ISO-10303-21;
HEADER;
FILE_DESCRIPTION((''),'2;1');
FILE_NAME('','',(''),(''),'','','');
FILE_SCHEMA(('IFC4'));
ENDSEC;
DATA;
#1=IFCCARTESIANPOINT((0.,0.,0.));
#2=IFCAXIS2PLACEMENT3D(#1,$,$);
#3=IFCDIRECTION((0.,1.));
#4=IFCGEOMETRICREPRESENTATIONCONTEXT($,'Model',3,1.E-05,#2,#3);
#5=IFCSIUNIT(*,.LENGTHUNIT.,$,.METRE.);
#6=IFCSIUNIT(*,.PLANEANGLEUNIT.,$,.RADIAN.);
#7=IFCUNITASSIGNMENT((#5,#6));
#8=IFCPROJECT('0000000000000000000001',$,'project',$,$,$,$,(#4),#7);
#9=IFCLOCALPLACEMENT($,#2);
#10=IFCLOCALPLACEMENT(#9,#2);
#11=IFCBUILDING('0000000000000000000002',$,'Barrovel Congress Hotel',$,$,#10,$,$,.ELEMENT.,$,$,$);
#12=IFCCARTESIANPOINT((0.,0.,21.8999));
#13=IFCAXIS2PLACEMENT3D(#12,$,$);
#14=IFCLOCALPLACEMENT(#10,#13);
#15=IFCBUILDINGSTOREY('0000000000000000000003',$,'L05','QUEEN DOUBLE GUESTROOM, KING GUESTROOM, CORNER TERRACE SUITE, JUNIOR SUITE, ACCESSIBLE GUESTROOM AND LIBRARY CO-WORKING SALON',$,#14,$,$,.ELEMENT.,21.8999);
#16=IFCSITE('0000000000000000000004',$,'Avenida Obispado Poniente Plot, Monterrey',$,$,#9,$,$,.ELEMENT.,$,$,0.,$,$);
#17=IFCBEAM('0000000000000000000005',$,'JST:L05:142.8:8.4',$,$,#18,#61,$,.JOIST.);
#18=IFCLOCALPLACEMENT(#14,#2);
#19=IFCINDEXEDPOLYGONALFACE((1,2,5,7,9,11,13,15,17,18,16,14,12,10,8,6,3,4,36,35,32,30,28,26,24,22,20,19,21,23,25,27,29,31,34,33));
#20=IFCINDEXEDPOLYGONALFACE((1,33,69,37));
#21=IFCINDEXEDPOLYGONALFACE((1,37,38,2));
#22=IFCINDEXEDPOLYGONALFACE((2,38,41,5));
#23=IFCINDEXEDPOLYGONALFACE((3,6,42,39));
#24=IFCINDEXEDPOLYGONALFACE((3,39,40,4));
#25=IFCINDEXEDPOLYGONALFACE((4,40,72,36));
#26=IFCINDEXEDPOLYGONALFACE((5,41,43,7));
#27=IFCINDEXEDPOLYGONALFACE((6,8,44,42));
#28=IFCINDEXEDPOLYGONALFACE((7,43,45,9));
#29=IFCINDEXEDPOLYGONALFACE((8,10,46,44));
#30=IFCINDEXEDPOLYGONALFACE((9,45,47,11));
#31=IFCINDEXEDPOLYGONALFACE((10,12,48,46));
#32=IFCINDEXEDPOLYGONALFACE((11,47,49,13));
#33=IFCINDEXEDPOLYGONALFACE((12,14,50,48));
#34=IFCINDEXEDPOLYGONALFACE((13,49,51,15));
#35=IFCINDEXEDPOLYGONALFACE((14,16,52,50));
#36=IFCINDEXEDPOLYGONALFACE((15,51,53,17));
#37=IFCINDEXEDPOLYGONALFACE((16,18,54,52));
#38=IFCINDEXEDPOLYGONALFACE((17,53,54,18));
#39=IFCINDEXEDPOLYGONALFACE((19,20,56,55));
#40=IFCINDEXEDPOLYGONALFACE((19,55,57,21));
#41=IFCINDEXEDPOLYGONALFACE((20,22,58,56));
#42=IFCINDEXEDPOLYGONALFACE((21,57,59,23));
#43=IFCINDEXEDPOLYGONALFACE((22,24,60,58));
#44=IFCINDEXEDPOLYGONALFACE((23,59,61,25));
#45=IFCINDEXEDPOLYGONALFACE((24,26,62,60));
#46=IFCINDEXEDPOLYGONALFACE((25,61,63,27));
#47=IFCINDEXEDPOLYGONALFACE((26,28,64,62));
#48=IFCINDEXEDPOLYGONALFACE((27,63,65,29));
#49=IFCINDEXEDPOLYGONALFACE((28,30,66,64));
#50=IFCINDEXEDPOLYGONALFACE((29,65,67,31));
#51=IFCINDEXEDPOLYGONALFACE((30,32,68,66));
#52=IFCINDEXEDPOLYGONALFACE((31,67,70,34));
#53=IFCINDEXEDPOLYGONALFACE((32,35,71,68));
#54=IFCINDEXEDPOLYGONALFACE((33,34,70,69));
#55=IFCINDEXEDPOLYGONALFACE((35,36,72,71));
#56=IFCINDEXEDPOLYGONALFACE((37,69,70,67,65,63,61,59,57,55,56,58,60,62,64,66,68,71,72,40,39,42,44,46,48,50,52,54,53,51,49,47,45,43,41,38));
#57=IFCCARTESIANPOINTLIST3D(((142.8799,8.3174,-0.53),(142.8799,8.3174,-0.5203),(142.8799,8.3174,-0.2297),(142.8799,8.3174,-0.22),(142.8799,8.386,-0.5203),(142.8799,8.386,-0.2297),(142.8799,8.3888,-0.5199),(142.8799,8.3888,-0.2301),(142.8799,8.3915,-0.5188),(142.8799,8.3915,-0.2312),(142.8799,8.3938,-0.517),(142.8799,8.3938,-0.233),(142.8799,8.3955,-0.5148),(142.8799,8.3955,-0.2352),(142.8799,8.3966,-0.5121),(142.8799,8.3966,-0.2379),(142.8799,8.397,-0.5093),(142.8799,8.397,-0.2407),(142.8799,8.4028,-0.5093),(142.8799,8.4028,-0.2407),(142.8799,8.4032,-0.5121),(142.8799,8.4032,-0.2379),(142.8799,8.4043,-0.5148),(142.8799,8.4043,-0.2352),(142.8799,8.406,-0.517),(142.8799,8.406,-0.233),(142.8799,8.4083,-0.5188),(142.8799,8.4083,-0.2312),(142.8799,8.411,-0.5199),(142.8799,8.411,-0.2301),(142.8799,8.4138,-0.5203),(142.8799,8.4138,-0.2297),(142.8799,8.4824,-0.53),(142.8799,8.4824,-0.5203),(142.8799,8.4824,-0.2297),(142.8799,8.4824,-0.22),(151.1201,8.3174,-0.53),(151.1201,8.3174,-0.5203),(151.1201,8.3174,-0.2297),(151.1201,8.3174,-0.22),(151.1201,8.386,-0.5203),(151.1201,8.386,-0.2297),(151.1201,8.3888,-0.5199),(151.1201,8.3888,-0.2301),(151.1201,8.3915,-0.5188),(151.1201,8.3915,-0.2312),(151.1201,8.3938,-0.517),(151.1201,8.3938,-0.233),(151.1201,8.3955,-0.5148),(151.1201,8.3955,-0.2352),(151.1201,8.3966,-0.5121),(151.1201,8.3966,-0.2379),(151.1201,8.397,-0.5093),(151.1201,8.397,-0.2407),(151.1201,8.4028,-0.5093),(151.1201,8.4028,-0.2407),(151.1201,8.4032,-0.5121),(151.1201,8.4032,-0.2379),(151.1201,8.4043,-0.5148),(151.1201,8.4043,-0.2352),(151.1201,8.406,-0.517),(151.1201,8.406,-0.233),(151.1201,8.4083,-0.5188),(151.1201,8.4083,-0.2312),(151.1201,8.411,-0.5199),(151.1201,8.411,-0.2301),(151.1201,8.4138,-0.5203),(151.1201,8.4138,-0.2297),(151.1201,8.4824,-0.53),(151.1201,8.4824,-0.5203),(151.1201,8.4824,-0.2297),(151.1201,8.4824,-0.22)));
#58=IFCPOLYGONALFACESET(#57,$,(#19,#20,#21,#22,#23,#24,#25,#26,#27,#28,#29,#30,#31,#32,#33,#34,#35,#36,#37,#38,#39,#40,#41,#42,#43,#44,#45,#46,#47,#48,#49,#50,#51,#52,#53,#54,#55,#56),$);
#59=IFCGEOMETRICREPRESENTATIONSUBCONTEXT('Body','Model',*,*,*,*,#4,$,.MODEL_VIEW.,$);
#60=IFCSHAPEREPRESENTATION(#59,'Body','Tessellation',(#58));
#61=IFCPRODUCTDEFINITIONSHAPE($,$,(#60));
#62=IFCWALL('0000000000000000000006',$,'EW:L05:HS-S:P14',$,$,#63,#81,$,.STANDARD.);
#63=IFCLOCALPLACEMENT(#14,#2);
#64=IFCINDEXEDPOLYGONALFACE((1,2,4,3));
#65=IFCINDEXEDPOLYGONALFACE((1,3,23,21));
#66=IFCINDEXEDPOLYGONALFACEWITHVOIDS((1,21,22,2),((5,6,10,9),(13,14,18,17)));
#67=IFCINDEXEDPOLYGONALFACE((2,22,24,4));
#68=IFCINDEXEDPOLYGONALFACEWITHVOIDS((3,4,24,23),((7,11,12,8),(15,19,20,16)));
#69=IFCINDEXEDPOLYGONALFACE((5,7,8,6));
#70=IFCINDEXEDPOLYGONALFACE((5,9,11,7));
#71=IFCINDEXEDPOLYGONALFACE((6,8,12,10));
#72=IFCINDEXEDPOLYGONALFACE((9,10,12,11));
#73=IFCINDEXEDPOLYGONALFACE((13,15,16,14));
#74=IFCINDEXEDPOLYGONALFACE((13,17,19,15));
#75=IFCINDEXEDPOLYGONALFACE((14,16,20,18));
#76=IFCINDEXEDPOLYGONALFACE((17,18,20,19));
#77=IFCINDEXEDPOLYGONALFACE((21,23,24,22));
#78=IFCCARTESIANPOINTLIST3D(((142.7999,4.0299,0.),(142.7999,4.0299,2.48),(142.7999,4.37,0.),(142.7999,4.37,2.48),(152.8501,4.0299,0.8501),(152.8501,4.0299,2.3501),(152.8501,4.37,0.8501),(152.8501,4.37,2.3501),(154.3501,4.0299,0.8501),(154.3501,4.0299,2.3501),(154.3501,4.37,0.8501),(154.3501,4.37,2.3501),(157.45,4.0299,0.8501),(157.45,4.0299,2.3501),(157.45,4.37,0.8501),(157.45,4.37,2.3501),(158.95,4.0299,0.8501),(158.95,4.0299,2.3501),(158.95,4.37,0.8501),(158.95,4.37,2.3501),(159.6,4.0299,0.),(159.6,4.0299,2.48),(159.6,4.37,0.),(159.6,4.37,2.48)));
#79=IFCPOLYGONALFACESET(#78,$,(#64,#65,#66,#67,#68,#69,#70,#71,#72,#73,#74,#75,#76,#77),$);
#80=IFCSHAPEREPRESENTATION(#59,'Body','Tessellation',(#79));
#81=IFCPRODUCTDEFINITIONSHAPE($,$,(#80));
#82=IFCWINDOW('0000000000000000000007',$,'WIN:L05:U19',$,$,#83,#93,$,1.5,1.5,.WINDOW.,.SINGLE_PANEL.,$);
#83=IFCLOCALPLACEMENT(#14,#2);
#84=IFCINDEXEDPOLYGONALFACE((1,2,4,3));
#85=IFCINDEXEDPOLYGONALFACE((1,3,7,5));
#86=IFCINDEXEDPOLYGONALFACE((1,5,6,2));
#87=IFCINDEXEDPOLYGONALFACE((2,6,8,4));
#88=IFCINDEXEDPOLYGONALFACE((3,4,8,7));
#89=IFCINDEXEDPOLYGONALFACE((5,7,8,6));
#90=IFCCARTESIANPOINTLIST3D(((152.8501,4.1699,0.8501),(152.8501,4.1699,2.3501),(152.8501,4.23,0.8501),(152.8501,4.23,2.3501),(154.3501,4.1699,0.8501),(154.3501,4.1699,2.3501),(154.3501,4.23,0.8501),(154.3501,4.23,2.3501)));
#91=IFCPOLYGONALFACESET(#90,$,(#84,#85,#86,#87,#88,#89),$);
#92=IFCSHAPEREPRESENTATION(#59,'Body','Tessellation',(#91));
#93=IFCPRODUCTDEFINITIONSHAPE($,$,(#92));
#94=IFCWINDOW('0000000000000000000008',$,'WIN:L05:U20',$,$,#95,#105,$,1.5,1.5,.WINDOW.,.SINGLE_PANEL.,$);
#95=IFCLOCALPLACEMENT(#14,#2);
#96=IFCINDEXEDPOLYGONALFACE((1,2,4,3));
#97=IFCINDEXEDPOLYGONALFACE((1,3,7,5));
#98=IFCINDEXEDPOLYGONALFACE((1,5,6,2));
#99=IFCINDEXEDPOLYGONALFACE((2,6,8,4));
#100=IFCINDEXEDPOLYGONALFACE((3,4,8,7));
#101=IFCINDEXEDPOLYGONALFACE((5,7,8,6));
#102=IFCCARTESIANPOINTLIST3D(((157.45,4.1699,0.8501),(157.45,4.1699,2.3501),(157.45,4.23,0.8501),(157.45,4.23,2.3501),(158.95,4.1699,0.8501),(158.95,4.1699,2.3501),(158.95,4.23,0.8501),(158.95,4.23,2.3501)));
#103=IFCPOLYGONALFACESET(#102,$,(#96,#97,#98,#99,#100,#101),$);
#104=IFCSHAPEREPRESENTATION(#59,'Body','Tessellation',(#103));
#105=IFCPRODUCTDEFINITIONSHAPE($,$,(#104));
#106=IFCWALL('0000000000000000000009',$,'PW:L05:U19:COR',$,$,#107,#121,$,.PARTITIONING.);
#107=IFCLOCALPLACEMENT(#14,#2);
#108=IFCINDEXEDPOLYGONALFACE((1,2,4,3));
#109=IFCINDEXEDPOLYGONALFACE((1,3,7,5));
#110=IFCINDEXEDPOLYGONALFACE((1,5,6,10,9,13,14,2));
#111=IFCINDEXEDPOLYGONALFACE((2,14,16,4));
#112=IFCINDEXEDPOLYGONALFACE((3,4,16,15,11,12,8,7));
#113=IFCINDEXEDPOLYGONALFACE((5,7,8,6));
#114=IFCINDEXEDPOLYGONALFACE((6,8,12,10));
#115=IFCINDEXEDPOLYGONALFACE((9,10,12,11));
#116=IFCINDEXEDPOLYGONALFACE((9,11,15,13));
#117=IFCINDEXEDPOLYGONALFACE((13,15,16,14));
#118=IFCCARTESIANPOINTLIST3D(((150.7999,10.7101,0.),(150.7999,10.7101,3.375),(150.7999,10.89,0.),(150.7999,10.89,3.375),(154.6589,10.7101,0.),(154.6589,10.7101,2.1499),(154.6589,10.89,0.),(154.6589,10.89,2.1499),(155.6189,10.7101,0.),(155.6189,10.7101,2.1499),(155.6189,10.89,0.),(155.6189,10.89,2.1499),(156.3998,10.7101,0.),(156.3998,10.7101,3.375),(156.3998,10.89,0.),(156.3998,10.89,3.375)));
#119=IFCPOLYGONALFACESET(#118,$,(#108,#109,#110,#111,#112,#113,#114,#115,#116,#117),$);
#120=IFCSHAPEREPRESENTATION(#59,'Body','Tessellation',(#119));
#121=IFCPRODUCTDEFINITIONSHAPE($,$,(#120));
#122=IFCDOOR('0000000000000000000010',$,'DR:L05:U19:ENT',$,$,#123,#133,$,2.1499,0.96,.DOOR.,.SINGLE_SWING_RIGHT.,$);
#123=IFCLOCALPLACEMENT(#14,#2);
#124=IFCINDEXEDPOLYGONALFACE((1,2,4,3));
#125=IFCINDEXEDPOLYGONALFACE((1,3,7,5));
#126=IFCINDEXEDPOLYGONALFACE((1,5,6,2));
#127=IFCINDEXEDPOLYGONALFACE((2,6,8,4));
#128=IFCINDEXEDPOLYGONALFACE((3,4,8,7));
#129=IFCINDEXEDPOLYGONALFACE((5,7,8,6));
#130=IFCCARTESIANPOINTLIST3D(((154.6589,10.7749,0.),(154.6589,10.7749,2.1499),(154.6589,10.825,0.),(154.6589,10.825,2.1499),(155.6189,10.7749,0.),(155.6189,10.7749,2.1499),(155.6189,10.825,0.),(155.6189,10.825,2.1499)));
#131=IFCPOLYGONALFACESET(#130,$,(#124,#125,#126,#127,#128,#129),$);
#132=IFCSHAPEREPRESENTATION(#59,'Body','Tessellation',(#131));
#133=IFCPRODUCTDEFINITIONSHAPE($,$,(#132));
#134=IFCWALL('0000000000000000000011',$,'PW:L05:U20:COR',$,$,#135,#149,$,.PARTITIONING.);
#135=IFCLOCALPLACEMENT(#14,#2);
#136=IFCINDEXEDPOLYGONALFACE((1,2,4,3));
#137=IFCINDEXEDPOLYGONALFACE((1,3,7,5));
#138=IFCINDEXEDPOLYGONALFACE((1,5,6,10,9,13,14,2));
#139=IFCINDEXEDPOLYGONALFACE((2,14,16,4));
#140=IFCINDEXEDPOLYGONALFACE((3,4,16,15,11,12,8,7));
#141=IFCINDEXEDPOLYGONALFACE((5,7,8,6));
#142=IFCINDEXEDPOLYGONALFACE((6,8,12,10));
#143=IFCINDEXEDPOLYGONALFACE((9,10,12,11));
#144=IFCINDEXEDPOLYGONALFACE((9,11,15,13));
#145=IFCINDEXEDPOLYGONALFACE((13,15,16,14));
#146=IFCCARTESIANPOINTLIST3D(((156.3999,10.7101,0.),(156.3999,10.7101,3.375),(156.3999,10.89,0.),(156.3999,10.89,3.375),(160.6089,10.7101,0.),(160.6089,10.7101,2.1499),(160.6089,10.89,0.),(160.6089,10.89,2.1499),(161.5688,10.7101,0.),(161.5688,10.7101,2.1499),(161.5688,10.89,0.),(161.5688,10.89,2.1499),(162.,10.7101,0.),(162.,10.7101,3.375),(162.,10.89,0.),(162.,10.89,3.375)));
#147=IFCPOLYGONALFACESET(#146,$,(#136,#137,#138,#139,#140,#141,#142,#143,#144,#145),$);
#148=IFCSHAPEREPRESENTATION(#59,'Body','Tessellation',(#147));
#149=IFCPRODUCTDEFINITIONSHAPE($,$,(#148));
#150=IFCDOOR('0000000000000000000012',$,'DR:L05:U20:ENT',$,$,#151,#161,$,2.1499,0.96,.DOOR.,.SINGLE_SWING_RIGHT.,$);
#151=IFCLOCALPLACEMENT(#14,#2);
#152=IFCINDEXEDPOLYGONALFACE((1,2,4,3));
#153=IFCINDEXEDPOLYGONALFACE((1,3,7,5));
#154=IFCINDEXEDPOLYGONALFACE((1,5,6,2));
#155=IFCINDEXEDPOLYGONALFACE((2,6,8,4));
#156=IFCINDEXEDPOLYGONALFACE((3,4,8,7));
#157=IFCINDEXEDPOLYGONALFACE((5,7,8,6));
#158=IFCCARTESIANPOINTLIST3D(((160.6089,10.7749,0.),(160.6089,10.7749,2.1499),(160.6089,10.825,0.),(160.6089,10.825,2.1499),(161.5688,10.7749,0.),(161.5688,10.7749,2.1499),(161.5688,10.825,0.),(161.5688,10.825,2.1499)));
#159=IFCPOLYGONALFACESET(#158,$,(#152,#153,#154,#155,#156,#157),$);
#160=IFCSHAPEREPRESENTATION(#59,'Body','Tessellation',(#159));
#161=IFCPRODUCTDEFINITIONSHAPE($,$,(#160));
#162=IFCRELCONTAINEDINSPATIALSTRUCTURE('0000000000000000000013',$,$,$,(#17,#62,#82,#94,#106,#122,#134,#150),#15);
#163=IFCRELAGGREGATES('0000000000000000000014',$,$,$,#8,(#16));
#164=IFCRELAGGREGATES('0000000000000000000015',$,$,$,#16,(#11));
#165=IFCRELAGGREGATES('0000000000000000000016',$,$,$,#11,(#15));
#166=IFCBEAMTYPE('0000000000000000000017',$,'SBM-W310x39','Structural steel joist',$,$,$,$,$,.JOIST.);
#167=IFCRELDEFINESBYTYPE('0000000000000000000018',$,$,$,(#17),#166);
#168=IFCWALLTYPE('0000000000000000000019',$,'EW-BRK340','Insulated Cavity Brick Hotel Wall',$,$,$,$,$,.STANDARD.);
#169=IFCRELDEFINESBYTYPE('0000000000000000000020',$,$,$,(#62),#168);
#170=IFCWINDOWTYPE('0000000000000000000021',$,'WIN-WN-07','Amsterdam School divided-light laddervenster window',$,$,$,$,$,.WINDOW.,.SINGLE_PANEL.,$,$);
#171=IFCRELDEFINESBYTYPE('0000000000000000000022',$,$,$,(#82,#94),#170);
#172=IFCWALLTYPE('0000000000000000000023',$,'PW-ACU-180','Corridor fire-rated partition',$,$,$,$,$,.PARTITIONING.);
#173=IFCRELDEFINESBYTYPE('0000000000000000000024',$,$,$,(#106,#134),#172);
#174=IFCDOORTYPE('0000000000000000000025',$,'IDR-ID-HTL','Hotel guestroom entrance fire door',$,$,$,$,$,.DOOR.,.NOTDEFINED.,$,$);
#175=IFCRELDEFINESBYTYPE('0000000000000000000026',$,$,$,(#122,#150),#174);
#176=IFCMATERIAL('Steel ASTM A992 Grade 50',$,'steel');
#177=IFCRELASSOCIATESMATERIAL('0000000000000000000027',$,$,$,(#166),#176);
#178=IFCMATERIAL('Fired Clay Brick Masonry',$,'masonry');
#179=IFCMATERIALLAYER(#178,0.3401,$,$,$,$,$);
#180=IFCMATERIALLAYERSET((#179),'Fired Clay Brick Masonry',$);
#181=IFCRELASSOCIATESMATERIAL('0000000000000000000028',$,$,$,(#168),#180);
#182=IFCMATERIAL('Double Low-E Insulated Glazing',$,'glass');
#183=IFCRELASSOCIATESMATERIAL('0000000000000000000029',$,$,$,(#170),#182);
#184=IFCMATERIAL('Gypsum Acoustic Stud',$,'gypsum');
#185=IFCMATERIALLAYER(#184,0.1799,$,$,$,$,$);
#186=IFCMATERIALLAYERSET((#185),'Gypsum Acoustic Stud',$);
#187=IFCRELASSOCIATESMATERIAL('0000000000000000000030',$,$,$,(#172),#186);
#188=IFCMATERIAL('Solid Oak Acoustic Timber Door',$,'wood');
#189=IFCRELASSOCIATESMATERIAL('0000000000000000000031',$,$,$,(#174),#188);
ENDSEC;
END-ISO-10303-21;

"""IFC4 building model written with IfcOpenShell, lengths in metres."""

from ifc_helpers import new_model, si_unit, direction, frame, frame_2d, origin, origin_2d, place, context, subcontext, project, spatial, rectangle, i_section, extrude, material, layer, layer_set, material_profile, profile_set, type_object, element, fill, save


model = new_model("IFC4")

# Units and contexts
model_context = context("Model", 3, precision=1e-05, world=origin(), true_north=direction((0.0, 1.0)))
body_context = subcontext(model_context, "Body", "Model", "MODEL_VIEW")
ifc_project = project(units=[si_unit("LENGTHUNIT", "METRE"), si_unit("PLANEANGLEUNIT", "RADIAN")], contexts=[model_context])

# Site, building, storey
site_placement = place(None, origin())
site = spatial("IfcSite", under=ifc_project, at=site_placement, Name="Avenida Obispado Poniente Plot, Monterrey", CompositionType="ELEMENT", RefElevation=0.0)
building_placement = place(site_placement, origin())
building = spatial("IfcBuilding", under=site, at=building_placement, Name="Barrovel Congress Hotel", CompositionType="ELEMENT")
storey_placement = place(building_placement, frame((0.0, 0.0, 21.8999)))
storey = spatial("IfcBuildingStorey", under=building, at=storey_placement, Name="L05", Description="QUEEN DOUBLE GUESTROOM, KING GUESTROOM, CORNER TERRACE SUITE, JUNIOR SUITE, ACCESSIBLE GUESTROOM AND LIBRARY CO-WORKING SALON", CompositionType="ELEMENT", Elevation=21.8999)

# Beam
ifc_material_1 = material(Name="Steel ASTM A992 Grade 50", Category="steel")
ifc_material_profile_1 = material_profile(ifc_material_1, i_section(OverallWidth=0.165, OverallDepth=0.3101, WebThickness=0.0059, FlangeThickness=0.0098, FilletRadius=0.011, at=origin_2d()), Name="W310x39")
ifc_profile_set_1 = profile_set([ifc_material_profile_1], Name="Steel ASTM A992 Grade 50")
beam_type_1 = type_object("IfcBeamType", Name="SBM-W310x39", Description="Structural steel joist", PredefinedType="JOIST", material=ifc_profile_set_1)
beam_1_placement = place(storey_placement, frame((142.8799, 8.3999, -0.375), z_axis=(1.0, 0.0, 0.0), x_axis=(0.0, 1.0, 0.0)))
element("IfcBeam", 1, at=beam_1_placement, inside=storey, type_object=beam_type_1, Name="JST:L05:142.8:8.4", PredefinedType="JOIST", context=body_context, shape_type="SweptSolid", body=[
    extrude(i_section(OverallWidth=0.165, OverallDepth=0.3101, WebThickness=0.0059, FlangeThickness=0.0098, FilletRadius=0.011, at=origin_2d()), origin(), (0.0, 0.0, 1.0), 8.2402),
])

# Wall, openings, windows
ifc_material_2 = material(Name="Fired Clay Brick Masonry", Category="masonry")
ifc_layer_1 = layer(ifc_material_2, 0.3401)
ifc_layer_set_1 = layer_set([ifc_layer_1], Name="Fired Clay Brick Masonry")
wall_type_1 = type_object("IfcWallType", Name="EW-BRK340", Description="Insulated Cavity Brick Hotel Wall", PredefinedType="STANDARD", material=ifc_layer_set_1)
wall_1_placement = place(storey_placement, frame((142.8, 4.2, 0.0), z_axis=(0.0, 0.0, 1.0), x_axis=(1.0, 0.0, 0.0)))
wall_1 = element("IfcWall", 2, at=wall_1_placement, inside=storey, type_object=wall_type_1, Name="EW:L05:HS-S:P14", PredefinedType="STANDARD", context=body_context, shape_type="SweptSolid", body=[
    extrude(rectangle(XDim=16.8, YDim=0.3401, at=frame_2d((8.3999, 0.0))), origin(), (0.0, 0.0, 1.0), 2.48),
])
opening_1_placement = place(wall_1_placement, frame((10.05, 0.0, 0.8501)))
opening_1 = element("IfcOpeningElement", 3, at=opening_1_placement, cuts=wall_1, PredefinedType="OPENING", context=body_context, shape_type="SweptSolid", body=[
    extrude(rectangle(XDim=1.5, YDim=1.5, at=frame_2d((0.75, 0.75))), frame((0.0, 0.1802, 0.0), z_axis=(0.0, -1.0, 0.0), x_axis=(1.0, 0.0, 0.0)), (0.0, 0.0, 1.0), 0.3601),
])
opening_2_placement = place(wall_1_placement, frame((14.6499, 0.0, 0.8501)))
opening_2 = element("IfcOpeningElement", 4, at=opening_2_placement, cuts=wall_1, PredefinedType="OPENING", context=body_context, shape_type="SweptSolid", body=[
    extrude(rectangle(XDim=1.5, YDim=1.5, at=frame_2d((0.75, 0.75))), frame((0.0, 0.1802, 0.0), z_axis=(0.0, -1.0, 0.0), x_axis=(1.0, 0.0, 0.0)), (0.0, 0.0, 1.0), 0.3601),
])
ifc_material_3 = material(Name="Double Low-E Insulated Glazing", Category="glass")
window_type = type_object("IfcWindowType", Name="WIN-WN-07", Description="Amsterdam School divided-light laddervenster window", PartitioningType="SINGLE_PANEL", PredefinedType="WINDOW", material=ifc_material_3)
window_1_placement = place(opening_1_placement, origin())
window_1 = element("IfcWindow", 5, at=window_1_placement, inside=storey, type_object=window_type, Name="WIN:L05:U19", OverallHeight=1.5, OverallWidth=1.5, PartitioningType="SINGLE_PANEL", PredefinedType="WINDOW", context=body_context, shape_type="SweptSolid", body=[
    extrude(rectangle(XDim=1.5, YDim=1.5, at=frame_2d((0.75, 0.75))), frame((0.0, 0.03, 0.0), z_axis=(0.0, -1.0, 0.0), x_axis=(1.0, 0.0, 0.0)), (0.0, 0.0, 1.0), 0.0601),
])
fill(opening_1, window_1)
window_2_placement = place(opening_2_placement, origin())
window_2 = element("IfcWindow", 6, at=window_2_placement, inside=storey, type_object=window_type, Name="WIN:L05:U20", OverallHeight=1.5, OverallWidth=1.5, PartitioningType="SINGLE_PANEL", PredefinedType="WINDOW", context=body_context, shape_type="SweptSolid", body=[
    extrude(rectangle(XDim=1.5, YDim=1.5, at=frame_2d((0.75, 0.75))), frame((0.0, 0.03, 0.0), z_axis=(0.0, -1.0, 0.0), x_axis=(1.0, 0.0, 0.0)), (0.0, 0.0, 1.0), 0.0601),
])
fill(opening_2, window_2)

# Walls, openings, doors
ifc_material_4 = material(Name="Gypsum Acoustic Stud", Category="gypsum")
ifc_layer_2 = layer(ifc_material_4, 0.1799)
ifc_layer_set_2 = layer_set([ifc_layer_2], Name="Gypsum Acoustic Stud")
wall_type_2 = type_object("IfcWallType", Name="PW-ACU-180", Description="Corridor fire-rated partition", PredefinedType="PARTITIONING", material=ifc_layer_set_2)
wall_2_placement = place(storey_placement, frame((150.8, 10.8, 0.0), z_axis=(0.0, 0.0, 1.0), x_axis=(1.0, 0.0, 0.0)))
wall_2 = element("IfcWall", 7, at=wall_2_placement, inside=storey, type_object=wall_type_2, Name="PW:L05:U19:COR", PredefinedType="PARTITIONING", context=body_context, shape_type="SweptSolid", body=[
    extrude(rectangle(XDim=5.5999, YDim=0.1799, at=frame_2d((2.7998, 0.0))), origin(), (0.0, 0.0, 1.0), 3.375),
])
opening_3_placement = place(wall_2_placement, frame((3.8589, 0.0, 0.0)))
opening_3 = element("IfcOpeningElement", 8, at=opening_3_placement, cuts=wall_2, PredefinedType="OPENING", context=body_context, shape_type="SweptSolid", body=[
    extrude(rectangle(XDim=0.96, YDim=2.1499, at=frame_2d((0.48, 1.075))), frame((0.0, 0.1001, 0.0), z_axis=(0.0, -1.0, 0.0), x_axis=(1.0, 0.0, 0.0)), (0.0, 0.0, 1.0), 0.2),
])
ifc_material_5 = material(Name="Solid Oak Acoustic Timber Door", Category="wood")
door_type_1 = type_object("IfcDoorType", Name="IDR-ID-HTL", Description="Hotel guestroom entrance fire door", OperationType="NOTDEFINED", PredefinedType="DOOR", material=ifc_material_5)
door_1_placement = place(opening_3_placement, origin())
door_1 = element("IfcDoor", 9, at=door_1_placement, inside=storey, type_object=door_type_1, Name="DR:L05:U19:ENT", OperationType="SINGLE_SWING_RIGHT", OverallHeight=2.1499, OverallWidth=0.96, PredefinedType="DOOR", context=body_context, shape_type="SweptSolid", body=[
    extrude(rectangle(XDim=0.96, YDim=2.1499, at=frame_2d((0.48, 1.075))), frame((0.0, 0.0249, 0.0), z_axis=(0.0, -1.0, 0.0), x_axis=(1.0, 0.0, 0.0)), (0.0, 0.0, 1.0), 0.05),
])
fill(opening_3, door_1)
wall_3_placement = place(storey_placement, frame((156.3999, 10.8, 0.0), z_axis=(0.0, 0.0, 1.0), x_axis=(1.0, 0.0, 0.0)))
wall_3 = element("IfcWall", 10, at=wall_3_placement, inside=storey, type_object=wall_type_2, Name="PW:L05:U20:COR", PredefinedType="PARTITIONING", context=body_context, shape_type="SweptSolid", body=[
    extrude(rectangle(XDim=5.6001, YDim=0.1799, at=frame_2d((2.8, 0.0))), origin(), (0.0, 0.0, 1.0), 3.375),
])
opening_4_placement = place(wall_3_placement, frame((4.209, 0.0, 0.0)))
opening_4 = element("IfcOpeningElement", 11, at=opening_4_placement, cuts=wall_3, PredefinedType="OPENING", context=body_context, shape_type="SweptSolid", body=[
    extrude(rectangle(XDim=0.96, YDim=2.1499, at=frame_2d((0.48, 1.075))), frame((0.0, 0.1001, 0.0), z_axis=(0.0, -1.0, 0.0), x_axis=(1.0, 0.0, 0.0)), (0.0, 0.0, 1.0), 0.2),
])
door_2_placement = place(opening_4_placement, origin())
door_2 = element("IfcDoor", 12, at=door_2_placement, inside=storey, type_object=door_type_1, Name="DR:L05:U20:ENT", OperationType="SINGLE_SWING_RIGHT", OverallHeight=2.1499, OverallWidth=0.96, PredefinedType="DOOR", context=body_context, shape_type="SweptSolid", body=[
    extrude(rectangle(XDim=0.96, YDim=2.1499, at=frame_2d((0.48, 1.075))), frame((0.0, 0.0249, 0.0), z_axis=(0.0, -1.0, 0.0), x_axis=(1.0, 0.0, 0.0)), (0.0, 0.0, 1.0), 0.05),
])
fill(opening_4, door_2)

save(model, "model.ifc")
